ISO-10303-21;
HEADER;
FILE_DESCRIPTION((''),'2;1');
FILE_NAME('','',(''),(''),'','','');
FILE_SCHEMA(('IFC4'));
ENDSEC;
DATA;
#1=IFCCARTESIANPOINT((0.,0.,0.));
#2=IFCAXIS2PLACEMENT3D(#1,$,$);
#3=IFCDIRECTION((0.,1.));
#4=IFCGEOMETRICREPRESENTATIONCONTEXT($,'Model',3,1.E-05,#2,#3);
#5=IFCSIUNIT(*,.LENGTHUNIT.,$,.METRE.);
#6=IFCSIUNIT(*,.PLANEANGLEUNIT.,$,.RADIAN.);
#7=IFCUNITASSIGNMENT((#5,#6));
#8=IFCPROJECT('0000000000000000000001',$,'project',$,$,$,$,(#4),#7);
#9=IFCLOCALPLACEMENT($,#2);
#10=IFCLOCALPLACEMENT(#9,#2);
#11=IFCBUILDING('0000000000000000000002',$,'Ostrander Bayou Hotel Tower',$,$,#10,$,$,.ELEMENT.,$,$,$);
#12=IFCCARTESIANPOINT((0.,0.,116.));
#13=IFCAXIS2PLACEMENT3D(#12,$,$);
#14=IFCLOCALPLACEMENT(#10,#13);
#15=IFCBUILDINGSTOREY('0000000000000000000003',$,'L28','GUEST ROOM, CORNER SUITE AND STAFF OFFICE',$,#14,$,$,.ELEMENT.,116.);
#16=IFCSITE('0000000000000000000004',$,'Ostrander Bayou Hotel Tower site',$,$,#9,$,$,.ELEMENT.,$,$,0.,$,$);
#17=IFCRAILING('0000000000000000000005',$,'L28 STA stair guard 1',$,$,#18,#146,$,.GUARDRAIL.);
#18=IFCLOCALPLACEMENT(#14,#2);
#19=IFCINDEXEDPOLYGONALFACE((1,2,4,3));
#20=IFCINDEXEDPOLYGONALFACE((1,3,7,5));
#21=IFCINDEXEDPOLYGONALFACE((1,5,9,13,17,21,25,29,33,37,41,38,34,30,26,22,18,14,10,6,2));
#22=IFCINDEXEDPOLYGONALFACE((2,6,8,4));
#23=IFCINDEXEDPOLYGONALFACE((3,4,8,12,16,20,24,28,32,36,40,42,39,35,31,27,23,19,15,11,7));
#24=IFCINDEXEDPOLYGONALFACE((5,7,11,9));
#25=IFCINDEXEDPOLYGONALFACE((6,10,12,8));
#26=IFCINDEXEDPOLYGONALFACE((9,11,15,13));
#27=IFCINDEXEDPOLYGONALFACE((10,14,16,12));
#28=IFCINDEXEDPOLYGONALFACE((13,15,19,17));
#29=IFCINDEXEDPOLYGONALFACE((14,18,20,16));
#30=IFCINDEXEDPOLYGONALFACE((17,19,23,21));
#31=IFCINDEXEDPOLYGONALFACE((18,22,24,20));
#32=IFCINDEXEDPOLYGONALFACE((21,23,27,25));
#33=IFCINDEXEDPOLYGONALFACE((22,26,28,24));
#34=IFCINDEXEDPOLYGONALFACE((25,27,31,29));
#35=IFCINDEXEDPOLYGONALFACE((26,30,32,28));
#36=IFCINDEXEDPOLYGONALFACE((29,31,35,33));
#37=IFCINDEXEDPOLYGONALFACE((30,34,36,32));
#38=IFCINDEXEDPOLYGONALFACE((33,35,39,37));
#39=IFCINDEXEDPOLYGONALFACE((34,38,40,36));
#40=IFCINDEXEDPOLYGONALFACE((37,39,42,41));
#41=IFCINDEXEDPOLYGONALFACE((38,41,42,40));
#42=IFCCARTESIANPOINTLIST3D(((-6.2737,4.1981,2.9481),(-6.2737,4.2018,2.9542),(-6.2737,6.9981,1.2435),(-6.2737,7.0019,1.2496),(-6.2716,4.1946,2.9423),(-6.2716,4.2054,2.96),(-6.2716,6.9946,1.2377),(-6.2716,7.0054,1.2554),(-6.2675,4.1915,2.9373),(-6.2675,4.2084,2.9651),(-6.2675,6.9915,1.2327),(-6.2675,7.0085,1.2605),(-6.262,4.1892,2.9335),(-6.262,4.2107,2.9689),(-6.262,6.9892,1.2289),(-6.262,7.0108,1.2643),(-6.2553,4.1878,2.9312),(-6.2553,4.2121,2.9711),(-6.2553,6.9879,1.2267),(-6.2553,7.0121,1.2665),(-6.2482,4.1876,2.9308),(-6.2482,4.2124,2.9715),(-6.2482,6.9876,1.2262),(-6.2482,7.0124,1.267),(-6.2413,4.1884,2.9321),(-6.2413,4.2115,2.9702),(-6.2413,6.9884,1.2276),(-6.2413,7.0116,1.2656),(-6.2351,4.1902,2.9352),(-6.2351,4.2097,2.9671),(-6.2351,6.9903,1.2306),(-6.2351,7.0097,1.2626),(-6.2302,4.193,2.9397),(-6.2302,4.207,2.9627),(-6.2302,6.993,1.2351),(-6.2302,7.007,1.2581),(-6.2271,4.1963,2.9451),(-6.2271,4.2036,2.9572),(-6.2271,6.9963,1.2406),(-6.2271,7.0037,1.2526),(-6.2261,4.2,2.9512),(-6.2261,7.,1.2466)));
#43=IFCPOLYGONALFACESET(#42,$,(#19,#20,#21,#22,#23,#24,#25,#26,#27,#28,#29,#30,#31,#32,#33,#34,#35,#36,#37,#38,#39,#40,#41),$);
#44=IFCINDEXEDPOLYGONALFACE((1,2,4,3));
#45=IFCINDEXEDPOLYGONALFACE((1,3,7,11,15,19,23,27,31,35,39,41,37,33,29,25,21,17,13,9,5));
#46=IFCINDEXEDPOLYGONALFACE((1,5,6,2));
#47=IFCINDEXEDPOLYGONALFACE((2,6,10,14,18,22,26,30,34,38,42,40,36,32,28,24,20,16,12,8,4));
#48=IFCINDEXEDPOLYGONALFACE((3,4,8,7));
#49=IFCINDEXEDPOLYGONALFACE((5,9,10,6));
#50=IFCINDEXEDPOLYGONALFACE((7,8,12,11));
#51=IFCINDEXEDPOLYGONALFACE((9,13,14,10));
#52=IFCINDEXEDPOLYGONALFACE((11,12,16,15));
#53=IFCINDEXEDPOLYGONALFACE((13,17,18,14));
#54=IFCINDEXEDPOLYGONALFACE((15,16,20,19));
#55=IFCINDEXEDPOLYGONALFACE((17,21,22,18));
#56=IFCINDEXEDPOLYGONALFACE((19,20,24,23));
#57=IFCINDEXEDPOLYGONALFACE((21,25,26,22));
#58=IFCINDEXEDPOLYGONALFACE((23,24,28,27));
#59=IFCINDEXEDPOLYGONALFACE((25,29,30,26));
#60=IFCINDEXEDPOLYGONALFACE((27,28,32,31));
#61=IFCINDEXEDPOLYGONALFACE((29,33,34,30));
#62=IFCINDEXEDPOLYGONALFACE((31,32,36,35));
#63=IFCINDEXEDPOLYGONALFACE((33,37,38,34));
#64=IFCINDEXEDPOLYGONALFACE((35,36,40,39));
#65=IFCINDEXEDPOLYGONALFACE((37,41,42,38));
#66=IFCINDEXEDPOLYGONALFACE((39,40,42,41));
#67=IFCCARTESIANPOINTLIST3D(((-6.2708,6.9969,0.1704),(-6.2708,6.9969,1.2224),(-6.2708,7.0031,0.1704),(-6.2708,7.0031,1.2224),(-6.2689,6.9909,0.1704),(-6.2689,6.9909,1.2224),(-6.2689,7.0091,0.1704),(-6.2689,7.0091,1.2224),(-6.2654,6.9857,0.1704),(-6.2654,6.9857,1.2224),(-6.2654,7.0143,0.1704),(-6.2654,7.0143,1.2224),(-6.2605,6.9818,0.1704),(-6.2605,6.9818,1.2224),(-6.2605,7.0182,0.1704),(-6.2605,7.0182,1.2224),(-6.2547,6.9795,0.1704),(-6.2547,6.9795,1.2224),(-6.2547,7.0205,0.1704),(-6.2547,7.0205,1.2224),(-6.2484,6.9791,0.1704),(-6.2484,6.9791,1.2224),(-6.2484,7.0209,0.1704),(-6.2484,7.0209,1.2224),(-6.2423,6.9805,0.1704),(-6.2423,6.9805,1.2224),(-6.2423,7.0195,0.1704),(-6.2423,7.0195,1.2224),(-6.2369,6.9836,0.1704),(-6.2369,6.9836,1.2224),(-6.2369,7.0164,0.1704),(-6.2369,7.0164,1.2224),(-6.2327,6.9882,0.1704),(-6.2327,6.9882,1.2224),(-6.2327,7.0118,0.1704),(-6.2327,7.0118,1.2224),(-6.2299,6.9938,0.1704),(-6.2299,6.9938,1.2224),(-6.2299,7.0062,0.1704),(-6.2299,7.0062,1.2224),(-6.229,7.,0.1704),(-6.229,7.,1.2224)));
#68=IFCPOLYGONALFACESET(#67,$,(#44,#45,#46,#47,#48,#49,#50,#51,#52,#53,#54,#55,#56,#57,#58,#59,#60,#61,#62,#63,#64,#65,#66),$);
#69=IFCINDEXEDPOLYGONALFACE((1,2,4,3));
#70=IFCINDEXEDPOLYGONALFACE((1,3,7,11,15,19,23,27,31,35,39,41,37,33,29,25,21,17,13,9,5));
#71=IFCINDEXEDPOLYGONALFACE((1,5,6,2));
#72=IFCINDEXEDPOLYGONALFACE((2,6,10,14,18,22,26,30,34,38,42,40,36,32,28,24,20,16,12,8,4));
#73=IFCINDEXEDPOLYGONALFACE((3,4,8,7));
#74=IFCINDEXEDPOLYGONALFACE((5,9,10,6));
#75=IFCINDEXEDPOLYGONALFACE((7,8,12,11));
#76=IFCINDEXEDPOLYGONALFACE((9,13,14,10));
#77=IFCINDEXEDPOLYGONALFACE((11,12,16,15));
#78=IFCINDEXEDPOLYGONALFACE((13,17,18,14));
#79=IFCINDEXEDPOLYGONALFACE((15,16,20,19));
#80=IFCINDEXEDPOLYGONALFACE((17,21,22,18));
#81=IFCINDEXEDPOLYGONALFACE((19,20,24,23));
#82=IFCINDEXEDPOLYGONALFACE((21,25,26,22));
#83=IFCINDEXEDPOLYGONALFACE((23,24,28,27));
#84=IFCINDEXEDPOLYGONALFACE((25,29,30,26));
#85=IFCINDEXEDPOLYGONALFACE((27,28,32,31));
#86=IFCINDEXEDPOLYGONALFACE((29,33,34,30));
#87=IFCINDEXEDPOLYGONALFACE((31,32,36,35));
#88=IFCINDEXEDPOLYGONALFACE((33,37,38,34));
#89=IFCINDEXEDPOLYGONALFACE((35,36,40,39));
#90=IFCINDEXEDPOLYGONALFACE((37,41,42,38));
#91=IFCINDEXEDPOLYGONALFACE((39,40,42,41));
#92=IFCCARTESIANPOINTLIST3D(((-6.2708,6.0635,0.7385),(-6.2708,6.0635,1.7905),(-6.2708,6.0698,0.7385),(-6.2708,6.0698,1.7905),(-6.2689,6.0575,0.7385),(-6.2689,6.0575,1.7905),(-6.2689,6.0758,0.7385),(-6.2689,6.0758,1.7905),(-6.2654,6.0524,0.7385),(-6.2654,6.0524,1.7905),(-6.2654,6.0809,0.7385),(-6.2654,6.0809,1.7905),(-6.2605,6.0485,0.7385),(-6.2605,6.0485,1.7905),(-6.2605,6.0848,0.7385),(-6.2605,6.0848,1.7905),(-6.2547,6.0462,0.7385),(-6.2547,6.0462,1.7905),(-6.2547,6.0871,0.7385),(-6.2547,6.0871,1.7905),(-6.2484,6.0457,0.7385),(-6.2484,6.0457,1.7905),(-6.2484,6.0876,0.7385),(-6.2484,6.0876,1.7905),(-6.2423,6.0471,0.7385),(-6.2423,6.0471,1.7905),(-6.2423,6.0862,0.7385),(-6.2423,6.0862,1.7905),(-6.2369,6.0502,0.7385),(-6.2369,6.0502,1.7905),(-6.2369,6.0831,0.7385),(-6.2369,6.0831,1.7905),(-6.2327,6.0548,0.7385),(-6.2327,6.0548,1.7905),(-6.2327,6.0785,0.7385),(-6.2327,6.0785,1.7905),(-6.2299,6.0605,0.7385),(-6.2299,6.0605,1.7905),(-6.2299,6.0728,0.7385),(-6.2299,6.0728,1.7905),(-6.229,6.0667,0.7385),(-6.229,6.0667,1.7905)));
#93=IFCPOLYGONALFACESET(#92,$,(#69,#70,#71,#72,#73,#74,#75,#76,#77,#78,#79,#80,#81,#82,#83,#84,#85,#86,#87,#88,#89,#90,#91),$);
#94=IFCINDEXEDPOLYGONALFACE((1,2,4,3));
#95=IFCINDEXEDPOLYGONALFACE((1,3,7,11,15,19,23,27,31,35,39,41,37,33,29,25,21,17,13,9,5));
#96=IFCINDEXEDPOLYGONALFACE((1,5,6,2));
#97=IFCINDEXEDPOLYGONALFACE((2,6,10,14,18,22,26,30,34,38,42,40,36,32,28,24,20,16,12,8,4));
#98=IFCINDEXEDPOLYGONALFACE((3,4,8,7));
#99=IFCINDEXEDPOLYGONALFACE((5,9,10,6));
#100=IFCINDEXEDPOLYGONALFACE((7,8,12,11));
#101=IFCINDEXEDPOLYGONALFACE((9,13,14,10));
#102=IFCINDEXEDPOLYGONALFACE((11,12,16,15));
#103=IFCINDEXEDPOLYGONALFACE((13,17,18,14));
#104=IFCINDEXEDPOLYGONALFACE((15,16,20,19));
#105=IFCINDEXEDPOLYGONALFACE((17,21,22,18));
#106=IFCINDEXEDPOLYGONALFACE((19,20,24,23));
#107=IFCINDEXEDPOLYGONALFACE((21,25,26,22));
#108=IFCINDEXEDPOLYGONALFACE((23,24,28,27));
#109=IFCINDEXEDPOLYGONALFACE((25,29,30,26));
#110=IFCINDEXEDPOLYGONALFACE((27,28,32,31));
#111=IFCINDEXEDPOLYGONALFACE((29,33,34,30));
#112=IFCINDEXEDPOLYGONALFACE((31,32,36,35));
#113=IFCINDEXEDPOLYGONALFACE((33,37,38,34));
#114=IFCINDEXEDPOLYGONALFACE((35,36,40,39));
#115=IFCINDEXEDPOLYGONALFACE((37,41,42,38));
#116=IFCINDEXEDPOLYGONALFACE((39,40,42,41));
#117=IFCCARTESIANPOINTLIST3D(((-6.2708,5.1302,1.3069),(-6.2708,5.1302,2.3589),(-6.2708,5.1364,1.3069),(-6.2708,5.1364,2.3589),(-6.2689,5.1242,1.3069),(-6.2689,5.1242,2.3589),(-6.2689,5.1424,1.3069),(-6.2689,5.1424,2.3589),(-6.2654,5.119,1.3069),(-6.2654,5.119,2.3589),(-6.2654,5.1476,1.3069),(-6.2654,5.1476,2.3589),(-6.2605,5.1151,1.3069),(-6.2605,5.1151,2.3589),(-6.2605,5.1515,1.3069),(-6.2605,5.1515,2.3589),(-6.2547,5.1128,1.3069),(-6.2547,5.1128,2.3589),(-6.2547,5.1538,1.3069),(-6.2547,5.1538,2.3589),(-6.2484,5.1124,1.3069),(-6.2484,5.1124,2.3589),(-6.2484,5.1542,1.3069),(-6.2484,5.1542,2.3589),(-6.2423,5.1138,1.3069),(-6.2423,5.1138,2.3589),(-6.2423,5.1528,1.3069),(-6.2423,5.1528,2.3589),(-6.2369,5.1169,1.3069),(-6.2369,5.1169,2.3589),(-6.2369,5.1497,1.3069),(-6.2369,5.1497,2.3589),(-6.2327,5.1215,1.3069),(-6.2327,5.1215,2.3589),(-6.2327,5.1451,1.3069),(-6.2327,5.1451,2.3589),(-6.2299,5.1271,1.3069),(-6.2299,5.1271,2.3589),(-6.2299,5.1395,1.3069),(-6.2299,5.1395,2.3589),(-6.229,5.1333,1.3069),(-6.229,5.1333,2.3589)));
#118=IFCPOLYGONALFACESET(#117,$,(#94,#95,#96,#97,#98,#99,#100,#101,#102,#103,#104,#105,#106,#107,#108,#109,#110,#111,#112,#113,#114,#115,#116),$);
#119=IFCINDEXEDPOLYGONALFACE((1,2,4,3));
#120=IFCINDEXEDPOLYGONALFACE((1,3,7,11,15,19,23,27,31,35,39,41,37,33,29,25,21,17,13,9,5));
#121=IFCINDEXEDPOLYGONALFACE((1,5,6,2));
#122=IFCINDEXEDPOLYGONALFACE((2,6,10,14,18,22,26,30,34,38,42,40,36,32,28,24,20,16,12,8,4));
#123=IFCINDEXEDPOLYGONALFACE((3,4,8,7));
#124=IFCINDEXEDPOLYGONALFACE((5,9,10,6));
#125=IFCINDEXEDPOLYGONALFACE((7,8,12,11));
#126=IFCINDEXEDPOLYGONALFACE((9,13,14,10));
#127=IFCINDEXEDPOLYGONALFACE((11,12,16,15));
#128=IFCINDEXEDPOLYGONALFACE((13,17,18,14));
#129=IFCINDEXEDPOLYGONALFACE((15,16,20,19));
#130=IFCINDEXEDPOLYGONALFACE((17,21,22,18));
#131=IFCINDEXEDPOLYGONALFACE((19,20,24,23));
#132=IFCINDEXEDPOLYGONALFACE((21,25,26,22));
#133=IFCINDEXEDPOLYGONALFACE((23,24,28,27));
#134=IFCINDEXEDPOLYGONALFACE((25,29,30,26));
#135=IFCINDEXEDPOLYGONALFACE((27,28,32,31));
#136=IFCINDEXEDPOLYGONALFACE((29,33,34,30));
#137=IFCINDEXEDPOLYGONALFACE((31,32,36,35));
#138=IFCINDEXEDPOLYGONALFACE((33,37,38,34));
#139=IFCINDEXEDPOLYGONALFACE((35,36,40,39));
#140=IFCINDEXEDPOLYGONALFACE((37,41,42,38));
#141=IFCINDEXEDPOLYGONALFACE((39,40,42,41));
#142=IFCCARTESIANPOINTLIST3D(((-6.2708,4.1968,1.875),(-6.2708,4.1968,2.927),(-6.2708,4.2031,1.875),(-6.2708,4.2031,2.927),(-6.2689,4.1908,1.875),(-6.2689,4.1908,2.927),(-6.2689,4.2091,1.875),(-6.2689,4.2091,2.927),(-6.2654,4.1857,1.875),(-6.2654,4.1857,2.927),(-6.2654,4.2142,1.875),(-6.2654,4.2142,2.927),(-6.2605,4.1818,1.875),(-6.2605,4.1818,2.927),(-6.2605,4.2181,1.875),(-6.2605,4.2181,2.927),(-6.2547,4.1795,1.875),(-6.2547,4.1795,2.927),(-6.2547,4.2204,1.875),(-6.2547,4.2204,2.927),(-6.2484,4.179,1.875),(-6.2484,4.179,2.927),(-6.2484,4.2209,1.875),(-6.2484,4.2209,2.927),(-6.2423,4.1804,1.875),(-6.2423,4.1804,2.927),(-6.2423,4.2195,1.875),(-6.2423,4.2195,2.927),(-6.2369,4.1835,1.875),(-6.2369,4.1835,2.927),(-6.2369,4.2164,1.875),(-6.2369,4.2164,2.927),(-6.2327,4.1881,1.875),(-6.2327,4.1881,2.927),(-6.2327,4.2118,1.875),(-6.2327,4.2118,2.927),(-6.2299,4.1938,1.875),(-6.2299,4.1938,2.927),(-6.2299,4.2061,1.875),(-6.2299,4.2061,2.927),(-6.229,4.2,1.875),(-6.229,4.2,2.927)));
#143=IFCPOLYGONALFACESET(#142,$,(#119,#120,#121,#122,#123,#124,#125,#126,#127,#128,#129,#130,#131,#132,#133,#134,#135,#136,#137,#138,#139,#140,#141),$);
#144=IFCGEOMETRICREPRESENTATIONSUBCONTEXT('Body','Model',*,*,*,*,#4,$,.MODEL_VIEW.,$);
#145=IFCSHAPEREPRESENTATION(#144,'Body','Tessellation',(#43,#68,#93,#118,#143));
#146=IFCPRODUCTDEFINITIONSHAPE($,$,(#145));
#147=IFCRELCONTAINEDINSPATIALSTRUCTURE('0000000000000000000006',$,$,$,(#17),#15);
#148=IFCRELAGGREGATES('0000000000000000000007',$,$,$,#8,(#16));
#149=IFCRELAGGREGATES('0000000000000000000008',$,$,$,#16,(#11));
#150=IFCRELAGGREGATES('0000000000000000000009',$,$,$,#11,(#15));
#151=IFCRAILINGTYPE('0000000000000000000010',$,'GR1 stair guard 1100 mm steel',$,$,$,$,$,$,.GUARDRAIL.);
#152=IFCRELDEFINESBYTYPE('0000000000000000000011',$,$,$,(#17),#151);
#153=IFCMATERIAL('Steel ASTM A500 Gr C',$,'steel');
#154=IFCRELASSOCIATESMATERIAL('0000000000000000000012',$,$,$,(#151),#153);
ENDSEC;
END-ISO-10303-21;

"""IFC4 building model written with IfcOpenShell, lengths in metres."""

from ifc_helpers import new_model, si_unit, direction, frame, origin, origin_2d, place, context, subcontext, project, spatial, circle, extrude, material, type_object, element, save


model = new_model("IFC4")

# Units and contexts
model_context = context("Model", 3, precision=1e-05, world=origin(), true_north=direction((0.0, 1.0)))
body_context = subcontext(model_context, "Body", "Model", "MODEL_VIEW")
ifc_project = project(units=[si_unit("LENGTHUNIT", "METRE"), si_unit("PLANEANGLEUNIT", "RADIAN")], contexts=[model_context])

# Site, building, storey
site_placement = place(None, origin())
site = spatial("IfcSite", under=ifc_project, at=site_placement, Name="Ostrander Bayou Hotel Tower site", CompositionType="ELEMENT", RefElevation=0.0)
building_placement = place(site_placement, origin())
building = spatial("IfcBuilding", under=site, at=building_placement, Name="Ostrander Bayou Hotel Tower", CompositionType="ELEMENT")
storey_placement = place(building_placement, frame((0.0, 0.0, 116.0)))
storey = spatial("IfcBuildingStorey", under=building, at=storey_placement, Name="L28", Description="GUEST ROOM, CORNER SUITE AND STAFF OFFICE", CompositionType="ELEMENT", Elevation=116.0)

# Railing
ifc_material_1 = material(Name="Steel ASTM A500 Gr C", Category="steel")
railing_type_1 = type_object("IfcRailingType", Name="GR1 stair guard 1100 mm steel", PredefinedType="GUARDRAIL", material=ifc_material_1)
railing_1_placement = place(storey_placement, frame((-6.25, 7.0, 0.1704)))
element("IfcRailing", 1, at=railing_1_placement, inside=storey, type_object=railing_type_1, Name="L28 STA stair guard 1", PredefinedType="GUARDRAIL", context=body_context, shape_type="SweptSolid", body=[
    extrude(circle(Radius=0.0239, at=origin_2d()), frame((0.0, 0.0, 1.0762), z_axis=(0.0, -0.85417, 0.519994), x_axis=(1.0, 0.0, 0.0)), (0.0, 0.0, 1.0), 3.2781),
    extrude(circle(Radius=0.021, at=origin_2d()), origin(), (0.0, 0.0, 1.0), 1.052),
    extrude(circle(Radius=0.021, at=origin_2d()), frame((0.0, -0.9333, 0.5681)), (0.0, 0.0, 1.0), 1.052),
    extrude(circle(Radius=0.021, at=origin_2d()), frame((0.0, -1.8667, 1.1365)), (0.0, 0.0, 1.0), 1.052),
    extrude(circle(Radius=0.021, at=origin_2d()), frame((0.0, -2.8, 1.7046)), (0.0, 0.0, 1.0), 1.052),
])

save(model, "model.ifc")
